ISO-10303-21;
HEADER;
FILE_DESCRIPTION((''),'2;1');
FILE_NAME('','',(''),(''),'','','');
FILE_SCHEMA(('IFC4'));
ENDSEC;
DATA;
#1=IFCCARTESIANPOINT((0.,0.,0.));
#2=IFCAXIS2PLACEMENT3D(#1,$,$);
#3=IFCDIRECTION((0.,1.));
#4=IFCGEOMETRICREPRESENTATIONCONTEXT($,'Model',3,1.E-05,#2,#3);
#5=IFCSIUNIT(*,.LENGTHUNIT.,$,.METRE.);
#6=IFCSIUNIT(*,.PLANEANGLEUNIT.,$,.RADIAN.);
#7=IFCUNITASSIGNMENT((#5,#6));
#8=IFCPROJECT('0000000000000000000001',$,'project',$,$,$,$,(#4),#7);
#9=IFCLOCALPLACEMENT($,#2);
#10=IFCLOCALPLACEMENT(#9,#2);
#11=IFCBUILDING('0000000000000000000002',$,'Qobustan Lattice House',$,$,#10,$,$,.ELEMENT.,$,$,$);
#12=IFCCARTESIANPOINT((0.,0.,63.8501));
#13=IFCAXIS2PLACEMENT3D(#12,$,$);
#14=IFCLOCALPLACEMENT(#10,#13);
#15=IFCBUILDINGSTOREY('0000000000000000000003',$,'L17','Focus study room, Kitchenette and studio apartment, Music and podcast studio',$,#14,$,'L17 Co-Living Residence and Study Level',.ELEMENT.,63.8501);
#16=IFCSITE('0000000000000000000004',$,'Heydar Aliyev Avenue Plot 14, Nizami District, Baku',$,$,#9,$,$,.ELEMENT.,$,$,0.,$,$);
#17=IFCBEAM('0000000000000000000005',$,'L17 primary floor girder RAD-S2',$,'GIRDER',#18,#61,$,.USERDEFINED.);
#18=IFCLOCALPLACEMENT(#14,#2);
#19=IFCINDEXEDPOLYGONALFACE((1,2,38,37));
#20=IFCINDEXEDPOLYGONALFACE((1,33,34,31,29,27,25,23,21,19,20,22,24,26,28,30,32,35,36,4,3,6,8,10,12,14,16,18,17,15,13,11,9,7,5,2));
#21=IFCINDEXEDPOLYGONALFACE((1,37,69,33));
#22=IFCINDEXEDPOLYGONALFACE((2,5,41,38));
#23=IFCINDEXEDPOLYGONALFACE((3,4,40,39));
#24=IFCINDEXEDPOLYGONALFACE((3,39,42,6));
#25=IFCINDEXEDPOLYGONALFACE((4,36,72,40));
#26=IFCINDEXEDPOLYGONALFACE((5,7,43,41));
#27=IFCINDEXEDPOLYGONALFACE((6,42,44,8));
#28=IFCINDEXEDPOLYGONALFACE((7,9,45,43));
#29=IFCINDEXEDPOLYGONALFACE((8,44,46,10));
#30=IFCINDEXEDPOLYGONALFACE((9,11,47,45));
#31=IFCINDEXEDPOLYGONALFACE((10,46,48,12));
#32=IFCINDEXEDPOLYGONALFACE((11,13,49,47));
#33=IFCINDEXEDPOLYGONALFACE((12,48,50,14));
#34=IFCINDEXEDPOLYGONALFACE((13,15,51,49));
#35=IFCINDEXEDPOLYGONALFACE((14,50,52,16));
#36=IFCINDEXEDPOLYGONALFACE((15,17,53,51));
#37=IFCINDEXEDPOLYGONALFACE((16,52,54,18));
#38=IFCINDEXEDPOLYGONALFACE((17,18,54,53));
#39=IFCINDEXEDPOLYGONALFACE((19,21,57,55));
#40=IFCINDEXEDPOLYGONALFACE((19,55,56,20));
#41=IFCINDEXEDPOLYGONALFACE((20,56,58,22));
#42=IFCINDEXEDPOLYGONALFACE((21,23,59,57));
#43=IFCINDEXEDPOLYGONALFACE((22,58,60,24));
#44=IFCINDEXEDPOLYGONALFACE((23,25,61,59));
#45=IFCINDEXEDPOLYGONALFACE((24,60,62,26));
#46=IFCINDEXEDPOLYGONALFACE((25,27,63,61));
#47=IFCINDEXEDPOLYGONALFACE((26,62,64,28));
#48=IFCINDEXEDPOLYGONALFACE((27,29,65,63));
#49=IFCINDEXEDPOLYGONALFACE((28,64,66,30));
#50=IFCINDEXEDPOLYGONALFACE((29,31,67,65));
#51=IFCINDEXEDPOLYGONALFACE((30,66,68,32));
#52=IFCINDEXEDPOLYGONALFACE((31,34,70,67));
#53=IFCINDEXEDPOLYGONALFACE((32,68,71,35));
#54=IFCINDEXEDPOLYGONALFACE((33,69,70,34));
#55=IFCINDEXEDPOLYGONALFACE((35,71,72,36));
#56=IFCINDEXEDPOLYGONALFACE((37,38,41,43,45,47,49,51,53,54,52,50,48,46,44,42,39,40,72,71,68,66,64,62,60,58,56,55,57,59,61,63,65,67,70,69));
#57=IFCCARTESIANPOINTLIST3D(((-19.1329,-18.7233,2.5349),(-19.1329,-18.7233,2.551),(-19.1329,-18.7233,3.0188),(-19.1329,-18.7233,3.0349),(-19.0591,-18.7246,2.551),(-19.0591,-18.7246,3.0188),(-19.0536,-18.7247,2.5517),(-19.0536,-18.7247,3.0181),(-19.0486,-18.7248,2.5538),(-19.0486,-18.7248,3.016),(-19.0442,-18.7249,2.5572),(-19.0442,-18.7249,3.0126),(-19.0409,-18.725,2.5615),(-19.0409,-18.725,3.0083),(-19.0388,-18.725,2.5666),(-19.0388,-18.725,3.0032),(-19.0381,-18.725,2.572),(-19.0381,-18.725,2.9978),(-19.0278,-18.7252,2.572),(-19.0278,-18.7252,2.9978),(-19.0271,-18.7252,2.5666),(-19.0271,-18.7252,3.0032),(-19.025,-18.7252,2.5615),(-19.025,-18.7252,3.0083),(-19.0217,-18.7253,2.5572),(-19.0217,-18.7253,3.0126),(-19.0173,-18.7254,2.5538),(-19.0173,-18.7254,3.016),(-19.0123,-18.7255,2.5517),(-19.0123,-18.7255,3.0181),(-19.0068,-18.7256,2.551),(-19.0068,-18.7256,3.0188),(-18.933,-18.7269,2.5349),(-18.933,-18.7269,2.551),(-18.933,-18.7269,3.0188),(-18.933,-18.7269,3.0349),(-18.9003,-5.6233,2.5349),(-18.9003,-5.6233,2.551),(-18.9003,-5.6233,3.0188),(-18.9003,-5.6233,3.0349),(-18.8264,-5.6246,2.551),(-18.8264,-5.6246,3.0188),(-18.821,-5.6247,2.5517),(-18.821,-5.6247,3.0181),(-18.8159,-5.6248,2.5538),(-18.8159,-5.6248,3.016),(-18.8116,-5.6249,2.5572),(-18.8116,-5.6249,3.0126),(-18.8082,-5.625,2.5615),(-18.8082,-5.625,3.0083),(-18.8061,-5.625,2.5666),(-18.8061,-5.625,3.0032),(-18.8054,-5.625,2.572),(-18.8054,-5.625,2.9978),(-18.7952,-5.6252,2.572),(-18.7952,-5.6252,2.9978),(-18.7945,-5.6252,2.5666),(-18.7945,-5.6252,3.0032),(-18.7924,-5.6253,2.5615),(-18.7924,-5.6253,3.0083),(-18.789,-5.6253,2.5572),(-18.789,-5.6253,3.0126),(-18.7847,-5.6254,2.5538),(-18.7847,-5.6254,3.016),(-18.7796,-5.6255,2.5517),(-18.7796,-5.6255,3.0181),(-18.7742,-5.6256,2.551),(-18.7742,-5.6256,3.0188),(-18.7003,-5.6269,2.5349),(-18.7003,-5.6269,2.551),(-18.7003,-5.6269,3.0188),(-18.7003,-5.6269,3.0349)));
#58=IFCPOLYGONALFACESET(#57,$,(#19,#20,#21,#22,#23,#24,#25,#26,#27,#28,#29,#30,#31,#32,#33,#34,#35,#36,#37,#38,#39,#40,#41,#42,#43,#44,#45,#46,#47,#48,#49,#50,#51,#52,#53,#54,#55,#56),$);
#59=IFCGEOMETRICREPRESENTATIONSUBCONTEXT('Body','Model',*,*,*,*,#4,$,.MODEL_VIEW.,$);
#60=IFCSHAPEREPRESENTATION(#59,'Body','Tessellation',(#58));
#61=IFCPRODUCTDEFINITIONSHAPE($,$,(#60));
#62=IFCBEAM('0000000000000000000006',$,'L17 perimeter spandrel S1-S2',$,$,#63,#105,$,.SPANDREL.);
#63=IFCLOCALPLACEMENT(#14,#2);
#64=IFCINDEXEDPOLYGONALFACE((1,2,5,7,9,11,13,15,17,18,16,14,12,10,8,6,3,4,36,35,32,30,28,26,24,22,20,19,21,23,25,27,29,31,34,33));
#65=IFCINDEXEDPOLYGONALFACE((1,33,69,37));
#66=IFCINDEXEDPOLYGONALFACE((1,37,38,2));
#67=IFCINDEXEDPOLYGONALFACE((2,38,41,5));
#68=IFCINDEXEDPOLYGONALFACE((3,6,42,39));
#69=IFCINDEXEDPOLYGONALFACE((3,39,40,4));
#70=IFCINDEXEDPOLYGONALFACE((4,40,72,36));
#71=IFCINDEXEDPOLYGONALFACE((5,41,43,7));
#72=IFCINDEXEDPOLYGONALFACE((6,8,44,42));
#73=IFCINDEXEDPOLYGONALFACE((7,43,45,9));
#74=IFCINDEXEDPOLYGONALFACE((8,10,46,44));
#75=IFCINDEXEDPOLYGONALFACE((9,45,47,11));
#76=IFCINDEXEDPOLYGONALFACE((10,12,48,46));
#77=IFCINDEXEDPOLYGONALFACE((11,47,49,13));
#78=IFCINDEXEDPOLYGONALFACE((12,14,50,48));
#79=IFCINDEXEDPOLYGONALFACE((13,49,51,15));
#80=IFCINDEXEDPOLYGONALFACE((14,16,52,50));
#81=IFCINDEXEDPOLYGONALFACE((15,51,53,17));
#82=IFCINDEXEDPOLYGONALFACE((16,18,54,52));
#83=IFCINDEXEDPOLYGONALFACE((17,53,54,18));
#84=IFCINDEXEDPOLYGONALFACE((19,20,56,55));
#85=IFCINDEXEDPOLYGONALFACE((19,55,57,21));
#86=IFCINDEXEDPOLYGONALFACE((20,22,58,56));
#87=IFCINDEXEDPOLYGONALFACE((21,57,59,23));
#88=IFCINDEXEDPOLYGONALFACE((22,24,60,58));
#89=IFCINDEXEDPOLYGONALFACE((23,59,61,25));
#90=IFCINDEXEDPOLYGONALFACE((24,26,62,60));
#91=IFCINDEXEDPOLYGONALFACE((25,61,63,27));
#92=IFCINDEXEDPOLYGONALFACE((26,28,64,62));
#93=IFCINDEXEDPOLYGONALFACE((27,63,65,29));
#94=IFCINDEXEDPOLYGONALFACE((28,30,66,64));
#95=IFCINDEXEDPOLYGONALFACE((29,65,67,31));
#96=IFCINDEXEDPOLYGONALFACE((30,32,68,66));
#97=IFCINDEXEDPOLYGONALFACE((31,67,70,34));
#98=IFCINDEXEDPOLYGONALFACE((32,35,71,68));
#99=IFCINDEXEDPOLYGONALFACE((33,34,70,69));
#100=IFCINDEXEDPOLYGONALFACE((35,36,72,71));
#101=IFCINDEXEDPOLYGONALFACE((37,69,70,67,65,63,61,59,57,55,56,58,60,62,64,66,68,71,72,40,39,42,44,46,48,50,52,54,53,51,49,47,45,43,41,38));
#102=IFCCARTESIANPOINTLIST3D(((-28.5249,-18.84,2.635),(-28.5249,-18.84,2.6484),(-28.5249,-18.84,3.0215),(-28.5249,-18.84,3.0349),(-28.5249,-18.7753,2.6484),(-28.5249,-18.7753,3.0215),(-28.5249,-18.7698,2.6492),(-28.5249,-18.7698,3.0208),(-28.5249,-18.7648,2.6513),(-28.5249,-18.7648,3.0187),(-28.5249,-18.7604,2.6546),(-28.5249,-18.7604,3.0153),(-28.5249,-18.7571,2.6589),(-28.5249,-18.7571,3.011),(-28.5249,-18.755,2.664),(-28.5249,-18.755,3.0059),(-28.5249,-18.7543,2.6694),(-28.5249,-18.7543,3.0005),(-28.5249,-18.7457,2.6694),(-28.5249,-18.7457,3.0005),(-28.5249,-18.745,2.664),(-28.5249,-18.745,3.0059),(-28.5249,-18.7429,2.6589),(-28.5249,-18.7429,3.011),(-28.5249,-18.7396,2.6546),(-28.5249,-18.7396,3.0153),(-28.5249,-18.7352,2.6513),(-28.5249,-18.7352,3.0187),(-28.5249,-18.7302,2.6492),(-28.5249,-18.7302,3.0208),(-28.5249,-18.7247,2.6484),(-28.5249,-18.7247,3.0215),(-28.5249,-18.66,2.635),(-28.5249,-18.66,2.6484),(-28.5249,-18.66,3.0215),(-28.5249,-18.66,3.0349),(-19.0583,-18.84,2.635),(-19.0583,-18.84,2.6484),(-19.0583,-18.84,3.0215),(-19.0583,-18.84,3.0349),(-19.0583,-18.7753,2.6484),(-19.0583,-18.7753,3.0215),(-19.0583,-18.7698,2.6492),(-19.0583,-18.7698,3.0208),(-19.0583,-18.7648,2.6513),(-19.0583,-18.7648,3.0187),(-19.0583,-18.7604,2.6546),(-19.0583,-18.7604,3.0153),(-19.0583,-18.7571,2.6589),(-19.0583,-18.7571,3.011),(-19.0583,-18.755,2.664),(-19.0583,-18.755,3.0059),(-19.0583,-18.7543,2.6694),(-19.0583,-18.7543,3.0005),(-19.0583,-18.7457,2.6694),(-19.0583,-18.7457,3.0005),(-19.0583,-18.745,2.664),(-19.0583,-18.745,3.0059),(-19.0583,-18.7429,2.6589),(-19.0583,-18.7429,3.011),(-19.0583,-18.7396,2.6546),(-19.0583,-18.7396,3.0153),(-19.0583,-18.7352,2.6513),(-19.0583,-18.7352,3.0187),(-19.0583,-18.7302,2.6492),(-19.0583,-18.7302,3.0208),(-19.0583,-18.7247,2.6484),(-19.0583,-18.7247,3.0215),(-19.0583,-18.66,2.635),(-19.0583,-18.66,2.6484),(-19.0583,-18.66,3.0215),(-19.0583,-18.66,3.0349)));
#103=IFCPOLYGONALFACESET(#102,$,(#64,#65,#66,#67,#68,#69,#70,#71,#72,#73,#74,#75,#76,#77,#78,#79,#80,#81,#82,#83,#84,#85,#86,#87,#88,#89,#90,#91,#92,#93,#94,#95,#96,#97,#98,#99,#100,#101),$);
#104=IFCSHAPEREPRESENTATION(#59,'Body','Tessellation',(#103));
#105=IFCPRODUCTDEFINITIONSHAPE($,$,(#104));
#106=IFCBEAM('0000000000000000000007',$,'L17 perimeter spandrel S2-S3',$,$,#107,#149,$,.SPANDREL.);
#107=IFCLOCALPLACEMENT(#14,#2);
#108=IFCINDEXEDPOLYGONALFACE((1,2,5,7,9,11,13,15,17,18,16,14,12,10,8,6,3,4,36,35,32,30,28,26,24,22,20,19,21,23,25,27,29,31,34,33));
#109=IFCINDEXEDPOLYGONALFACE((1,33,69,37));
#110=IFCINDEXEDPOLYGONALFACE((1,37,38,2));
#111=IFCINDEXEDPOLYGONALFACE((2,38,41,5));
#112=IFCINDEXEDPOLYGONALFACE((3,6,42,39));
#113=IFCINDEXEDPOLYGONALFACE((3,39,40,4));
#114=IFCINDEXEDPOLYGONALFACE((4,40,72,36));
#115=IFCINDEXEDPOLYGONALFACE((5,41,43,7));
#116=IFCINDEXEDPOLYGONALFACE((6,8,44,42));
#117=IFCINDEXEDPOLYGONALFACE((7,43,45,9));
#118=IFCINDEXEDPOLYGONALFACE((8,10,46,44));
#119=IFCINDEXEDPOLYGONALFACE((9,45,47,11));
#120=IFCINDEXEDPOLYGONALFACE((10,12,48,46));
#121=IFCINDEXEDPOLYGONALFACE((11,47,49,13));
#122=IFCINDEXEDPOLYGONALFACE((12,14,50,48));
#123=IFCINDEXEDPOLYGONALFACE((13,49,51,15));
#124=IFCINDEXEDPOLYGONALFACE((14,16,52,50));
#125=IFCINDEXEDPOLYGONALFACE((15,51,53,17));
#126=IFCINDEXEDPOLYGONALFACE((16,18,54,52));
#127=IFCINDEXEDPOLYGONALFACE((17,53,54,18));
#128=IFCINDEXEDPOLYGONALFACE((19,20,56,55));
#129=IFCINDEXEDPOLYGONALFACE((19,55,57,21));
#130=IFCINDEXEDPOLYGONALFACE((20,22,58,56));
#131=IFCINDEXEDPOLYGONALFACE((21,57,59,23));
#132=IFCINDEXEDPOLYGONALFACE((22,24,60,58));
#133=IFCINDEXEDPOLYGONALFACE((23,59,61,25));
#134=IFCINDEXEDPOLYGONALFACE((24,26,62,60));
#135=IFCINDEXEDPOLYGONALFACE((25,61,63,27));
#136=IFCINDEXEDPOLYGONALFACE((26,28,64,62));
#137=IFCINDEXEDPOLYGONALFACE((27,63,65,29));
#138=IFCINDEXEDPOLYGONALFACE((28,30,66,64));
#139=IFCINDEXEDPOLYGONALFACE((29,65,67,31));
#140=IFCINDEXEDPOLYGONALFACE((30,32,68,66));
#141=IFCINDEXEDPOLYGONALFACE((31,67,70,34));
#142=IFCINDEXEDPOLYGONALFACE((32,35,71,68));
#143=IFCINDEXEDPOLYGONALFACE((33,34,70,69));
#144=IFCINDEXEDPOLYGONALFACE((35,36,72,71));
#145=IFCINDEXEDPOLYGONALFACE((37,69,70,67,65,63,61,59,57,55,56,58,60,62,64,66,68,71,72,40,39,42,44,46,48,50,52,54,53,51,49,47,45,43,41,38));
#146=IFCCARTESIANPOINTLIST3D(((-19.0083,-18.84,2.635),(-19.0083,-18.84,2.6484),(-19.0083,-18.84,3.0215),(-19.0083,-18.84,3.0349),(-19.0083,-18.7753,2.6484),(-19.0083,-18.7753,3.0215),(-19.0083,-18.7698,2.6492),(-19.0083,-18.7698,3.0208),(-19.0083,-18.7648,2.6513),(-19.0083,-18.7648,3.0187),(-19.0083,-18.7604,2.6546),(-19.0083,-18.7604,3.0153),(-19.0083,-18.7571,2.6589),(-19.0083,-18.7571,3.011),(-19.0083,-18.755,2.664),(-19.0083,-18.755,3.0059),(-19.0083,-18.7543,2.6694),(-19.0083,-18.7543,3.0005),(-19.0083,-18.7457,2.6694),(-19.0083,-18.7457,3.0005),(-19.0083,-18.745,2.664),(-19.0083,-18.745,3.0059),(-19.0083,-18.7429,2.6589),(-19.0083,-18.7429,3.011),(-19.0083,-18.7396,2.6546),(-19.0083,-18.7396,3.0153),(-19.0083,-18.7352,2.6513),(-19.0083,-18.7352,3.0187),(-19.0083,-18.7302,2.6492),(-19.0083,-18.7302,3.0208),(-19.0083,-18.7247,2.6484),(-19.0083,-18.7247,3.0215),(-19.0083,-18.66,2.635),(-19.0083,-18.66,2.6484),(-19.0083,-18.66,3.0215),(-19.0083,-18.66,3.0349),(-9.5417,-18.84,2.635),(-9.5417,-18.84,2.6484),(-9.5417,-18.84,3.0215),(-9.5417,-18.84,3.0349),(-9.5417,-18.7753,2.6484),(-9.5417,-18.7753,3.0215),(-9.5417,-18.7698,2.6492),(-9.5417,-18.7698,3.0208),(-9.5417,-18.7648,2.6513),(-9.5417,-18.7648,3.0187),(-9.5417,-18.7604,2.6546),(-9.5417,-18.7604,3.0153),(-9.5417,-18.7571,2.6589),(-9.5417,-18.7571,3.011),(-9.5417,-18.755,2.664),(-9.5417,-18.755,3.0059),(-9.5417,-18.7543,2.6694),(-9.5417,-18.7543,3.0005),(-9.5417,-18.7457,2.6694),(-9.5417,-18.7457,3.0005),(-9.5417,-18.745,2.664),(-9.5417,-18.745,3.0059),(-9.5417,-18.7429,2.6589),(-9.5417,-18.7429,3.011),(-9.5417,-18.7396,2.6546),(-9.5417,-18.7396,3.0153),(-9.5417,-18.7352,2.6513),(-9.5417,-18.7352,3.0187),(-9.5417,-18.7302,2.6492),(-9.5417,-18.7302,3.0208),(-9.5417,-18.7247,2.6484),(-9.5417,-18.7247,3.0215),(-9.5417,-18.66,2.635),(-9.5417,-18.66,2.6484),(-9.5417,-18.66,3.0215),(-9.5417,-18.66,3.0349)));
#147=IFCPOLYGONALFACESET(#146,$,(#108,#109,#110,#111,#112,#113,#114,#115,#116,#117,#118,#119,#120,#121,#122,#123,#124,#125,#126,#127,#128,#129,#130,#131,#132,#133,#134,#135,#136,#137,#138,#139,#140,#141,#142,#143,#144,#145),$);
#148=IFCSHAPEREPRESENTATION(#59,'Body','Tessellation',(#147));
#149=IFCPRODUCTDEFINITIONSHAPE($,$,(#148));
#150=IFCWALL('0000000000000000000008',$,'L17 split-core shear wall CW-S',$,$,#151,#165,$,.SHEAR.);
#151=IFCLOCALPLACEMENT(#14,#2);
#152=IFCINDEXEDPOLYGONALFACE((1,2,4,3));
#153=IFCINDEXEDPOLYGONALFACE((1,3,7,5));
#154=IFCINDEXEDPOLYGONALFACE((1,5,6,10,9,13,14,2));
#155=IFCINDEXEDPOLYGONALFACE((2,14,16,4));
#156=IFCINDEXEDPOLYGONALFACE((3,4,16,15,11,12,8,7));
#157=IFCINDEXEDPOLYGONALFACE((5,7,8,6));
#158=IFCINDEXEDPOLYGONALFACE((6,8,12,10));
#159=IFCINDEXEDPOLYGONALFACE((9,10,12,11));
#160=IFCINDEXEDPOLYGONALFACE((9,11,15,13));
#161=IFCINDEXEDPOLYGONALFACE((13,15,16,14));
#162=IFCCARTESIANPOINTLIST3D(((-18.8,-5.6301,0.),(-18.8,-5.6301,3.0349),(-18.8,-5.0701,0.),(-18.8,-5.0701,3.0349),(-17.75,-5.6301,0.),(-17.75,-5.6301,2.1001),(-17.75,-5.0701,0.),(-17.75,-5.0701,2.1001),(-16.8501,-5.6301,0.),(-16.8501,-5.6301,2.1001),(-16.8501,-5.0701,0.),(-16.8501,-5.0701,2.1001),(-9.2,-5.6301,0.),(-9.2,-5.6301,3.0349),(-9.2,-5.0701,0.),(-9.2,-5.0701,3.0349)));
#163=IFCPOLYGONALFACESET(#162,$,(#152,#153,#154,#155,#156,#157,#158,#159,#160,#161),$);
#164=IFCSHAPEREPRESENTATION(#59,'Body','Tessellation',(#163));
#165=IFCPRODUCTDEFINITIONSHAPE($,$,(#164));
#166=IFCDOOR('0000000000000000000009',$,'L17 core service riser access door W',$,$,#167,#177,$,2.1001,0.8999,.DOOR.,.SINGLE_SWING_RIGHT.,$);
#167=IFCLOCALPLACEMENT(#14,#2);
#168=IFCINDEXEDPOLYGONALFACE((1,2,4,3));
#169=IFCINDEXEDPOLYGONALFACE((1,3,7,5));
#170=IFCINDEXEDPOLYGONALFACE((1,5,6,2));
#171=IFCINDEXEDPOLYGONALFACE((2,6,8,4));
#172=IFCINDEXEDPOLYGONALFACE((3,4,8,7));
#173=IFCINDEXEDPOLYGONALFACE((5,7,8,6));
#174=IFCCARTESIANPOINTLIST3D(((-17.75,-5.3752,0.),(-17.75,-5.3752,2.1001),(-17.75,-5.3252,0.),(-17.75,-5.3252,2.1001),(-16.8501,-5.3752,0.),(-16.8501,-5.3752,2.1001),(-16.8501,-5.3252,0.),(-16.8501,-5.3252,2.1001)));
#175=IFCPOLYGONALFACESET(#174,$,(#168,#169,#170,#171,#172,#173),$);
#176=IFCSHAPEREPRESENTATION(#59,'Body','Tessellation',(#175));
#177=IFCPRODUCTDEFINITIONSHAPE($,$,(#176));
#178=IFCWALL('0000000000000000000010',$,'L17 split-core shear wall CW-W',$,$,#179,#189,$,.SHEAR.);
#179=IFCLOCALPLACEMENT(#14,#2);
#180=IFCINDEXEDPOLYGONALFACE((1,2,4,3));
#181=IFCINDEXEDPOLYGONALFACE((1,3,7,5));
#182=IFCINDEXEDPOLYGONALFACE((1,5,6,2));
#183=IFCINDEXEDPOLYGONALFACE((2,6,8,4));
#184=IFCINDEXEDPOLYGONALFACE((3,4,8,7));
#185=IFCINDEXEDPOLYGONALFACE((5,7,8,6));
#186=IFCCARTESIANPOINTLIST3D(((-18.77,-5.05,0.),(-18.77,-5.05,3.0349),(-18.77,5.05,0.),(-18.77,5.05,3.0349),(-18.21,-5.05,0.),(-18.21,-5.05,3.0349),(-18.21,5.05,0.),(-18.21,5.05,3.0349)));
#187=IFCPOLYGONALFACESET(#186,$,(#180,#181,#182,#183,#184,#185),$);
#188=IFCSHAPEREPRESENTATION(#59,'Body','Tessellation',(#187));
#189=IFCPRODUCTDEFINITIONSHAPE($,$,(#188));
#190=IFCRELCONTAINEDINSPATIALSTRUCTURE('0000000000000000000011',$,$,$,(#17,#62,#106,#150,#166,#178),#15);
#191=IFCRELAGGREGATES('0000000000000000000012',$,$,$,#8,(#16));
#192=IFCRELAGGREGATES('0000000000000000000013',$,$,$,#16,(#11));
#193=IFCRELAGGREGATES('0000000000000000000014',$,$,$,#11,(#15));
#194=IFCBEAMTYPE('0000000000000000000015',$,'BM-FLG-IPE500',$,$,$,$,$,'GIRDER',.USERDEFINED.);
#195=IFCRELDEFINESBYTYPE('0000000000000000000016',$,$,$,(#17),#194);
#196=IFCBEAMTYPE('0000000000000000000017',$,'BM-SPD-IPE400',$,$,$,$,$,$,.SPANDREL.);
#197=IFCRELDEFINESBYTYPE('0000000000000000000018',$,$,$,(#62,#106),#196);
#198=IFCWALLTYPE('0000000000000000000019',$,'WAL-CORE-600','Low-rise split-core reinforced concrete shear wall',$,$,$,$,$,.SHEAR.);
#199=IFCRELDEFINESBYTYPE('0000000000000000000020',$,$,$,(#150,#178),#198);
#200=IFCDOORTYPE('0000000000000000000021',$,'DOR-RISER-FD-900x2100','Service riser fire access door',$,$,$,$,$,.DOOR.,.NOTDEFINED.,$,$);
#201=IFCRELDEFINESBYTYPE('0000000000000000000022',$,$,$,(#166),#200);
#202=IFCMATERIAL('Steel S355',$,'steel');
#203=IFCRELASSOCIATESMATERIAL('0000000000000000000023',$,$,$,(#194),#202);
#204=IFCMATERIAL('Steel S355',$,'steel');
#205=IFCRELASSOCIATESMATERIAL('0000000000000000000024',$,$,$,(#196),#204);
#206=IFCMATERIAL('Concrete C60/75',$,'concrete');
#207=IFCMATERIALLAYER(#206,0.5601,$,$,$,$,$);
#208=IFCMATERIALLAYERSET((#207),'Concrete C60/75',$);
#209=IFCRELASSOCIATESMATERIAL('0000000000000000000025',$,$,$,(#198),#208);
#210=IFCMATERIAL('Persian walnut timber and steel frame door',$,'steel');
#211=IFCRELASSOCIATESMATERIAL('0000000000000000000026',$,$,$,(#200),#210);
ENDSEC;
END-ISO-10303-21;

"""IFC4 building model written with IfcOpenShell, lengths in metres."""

from ifc_helpers import new_model, si_unit, direction, frame, frame_2d, origin, origin_2d, place, context, subcontext, project, spatial, rectangle, i_section, extrude, material, layer, layer_set, material_profile, profile_set, type_object, element, fill, save


model = new_model("IFC4")

# Units and contexts
model_context = context("Model", 3, precision=1e-05, world=origin(), true_north=direction((0.0, 1.0)))
body_context = subcontext(model_context, "Body", "Model", "MODEL_VIEW")
ifc_project = project(units=[si_unit("LENGTHUNIT", "METRE"), si_unit("PLANEANGLEUNIT", "RADIAN")], contexts=[model_context])

# Site, building, storey
site_placement = place(None, origin())
site = spatial("IfcSite", under=ifc_project, at=site_placement, Name="Heydar Aliyev Avenue Plot 14, Nizami District, Baku", CompositionType="ELEMENT", RefElevation=0.0)
building_placement = place(site_placement, origin())
building = spatial("IfcBuilding", under=site, at=building_placement, Name="Qobustan Lattice House", CompositionType="ELEMENT")
storey_placement = place(building_placement, frame((0.0, 0.0, 63.8501)))
storey = spatial("IfcBuildingStorey", under=building, at=storey_placement, Name="L17", Description="Focus study room, Kitchenette and studio apartment, Music and podcast studio", LongName="L17 Co-Living Residence and Study Level", CompositionType="ELEMENT", Elevation=63.8501)

# Beams
ifc_material_1 = material(Name="Steel S355", Category="steel")
ifc_material_profile_1 = material_profile(ifc_material_1, i_section(OverallWidth=0.2, OverallDepth=0.5, WebThickness=0.0103, FlangeThickness=0.0161, FilletRadius=0.021, at=origin_2d()), Name="IPE500")
ifc_profile_set_1 = profile_set([ifc_material_profile_1], Name="Steel S355")
beam_type_1 = type_object("IfcBeamType", Name="BM-FLG-IPE500", ElementType="GIRDER", PredefinedType="USERDEFINED", material=ifc_profile_set_1)
beam_1_placement = place(storey_placement, frame((-19.033, -18.7251, 2.7849), z_axis=(0.017758, 0.999842, 0.0), x_axis=(-0.999842, 0.017758, 0.0)))
element("IfcBeam", 1, at=beam_1_placement, inside=storey, type_object=beam_type_1, Name="L17 primary floor girder RAD-S2", ObjectType="GIRDER", PredefinedType="USERDEFINED", context=body_context, shape_type="SweptSolid", body=[
    extrude(i_section(OverallWidth=0.2, OverallDepth=0.5, WebThickness=0.0103, FlangeThickness=0.0161, FilletRadius=0.021, at=origin_2d()), origin(), (0.0, 0.0, 1.0), 13.1021),
])
ifc_material_2 = material(Name="Steel S355", Category="steel")
ifc_material_profile_2 = material_profile(ifc_material_2, i_section(OverallWidth=0.1799, OverallDepth=0.3999, WebThickness=0.0085, FlangeThickness=0.0134, FilletRadius=0.021, at=origin_2d()), Name="IPE400")
ifc_profile_set_2 = profile_set([ifc_material_profile_2], Name="Steel S355")
beam_type_2 = type_object("IfcBeamType", Name="BM-SPD-IPE400", PredefinedType="SPANDREL", material=ifc_profile_set_2)
for number, where, z_axis, x_axis, name in (
    (2, (-28.5249, -18.75, 2.835), (1.0, 0.0, 0.0), (0.0, 1.0, 0.0), "L17 perimeter spandrel S1-S2"),
    (3, (-19.0083, -18.75, 2.835), (1.0, 0.0, 0.0), (0.0, 1.0, 0.0), "L17 perimeter spandrel S2-S3"),
):
    element("IfcBeam", number, at=place(storey_placement, frame(where, z_axis=z_axis, x_axis=x_axis)), inside=storey, type_object=beam_type_2, Name=name, PredefinedType="SPANDREL", context=body_context, shape_type="SweptSolid", body=[
        extrude(i_section(OverallWidth=0.1799, OverallDepth=0.3999, WebThickness=0.0085, FlangeThickness=0.0134, FilletRadius=0.021, at=origin_2d()), origin(), (0.0, 0.0, 1.0), 9.4666),
    ])

# Wall, opening, door
ifc_material_3 = material(Name="Concrete C60/75", Category="concrete")
ifc_layer_1 = layer(ifc_material_3, 0.5601)
ifc_layer_set_1 = layer_set([ifc_layer_1], Name="Concrete C60/75")
wall_type_1 = type_object("IfcWallType", Name="WAL-CORE-600", Description="Low-rise split-core reinforced concrete shear wall", PredefinedType="SHEAR", material=ifc_layer_set_1)
wall_1_placement = place(storey_placement, frame((-18.8, -5.3501, 0.0), z_axis=(0.0, 0.0, 1.0), x_axis=(1.0, 0.0, 0.0)))
wall_1 = element("IfcWall", 4, at=wall_1_placement, inside=storey, type_object=wall_type_1, Name="L17 split-core shear wall CW-S", PredefinedType="SHEAR", context=body_context, shape_type="SweptSolid", body=[
    extrude(rectangle(XDim=9.6001, YDim=0.5601, at=frame_2d((4.8, 0.0))), origin(), (0.0, 0.0, 1.0), 3.0349),
])
opening_1_placement = place(wall_1_placement, frame((1.05, 0.0, 0.0)))
opening_1 = element("IfcOpeningElement", 5, at=opening_1_placement, cuts=wall_1, PredefinedType="OPENING", context=body_context, shape_type="SweptSolid", body=[
    extrude(rectangle(XDim=0.8999, YDim=2.1001, at=frame_2d((0.45, 1.05))), frame((0.0, 0.29, 0.0), z_axis=(0.0, -1.0, 0.0), x_axis=(1.0, 0.0, 0.0)), (0.0, 0.0, 1.0), 0.5801),
])
ifc_material_4 = material(Name="Persian walnut timber and steel frame door", Category="steel")
door_type_1 = type_object("IfcDoorType", Name="DOR-RISER-FD-900x2100", Description="Service riser fire access door", OperationType="NOTDEFINED", PredefinedType="DOOR", material=ifc_material_4)
door_1_placement = place(opening_1_placement, origin())
door_1 = element("IfcDoor", 6, at=door_1_placement, inside=storey, type_object=door_type_1, Name="L17 core service riser access door W", OperationType="SINGLE_SWING_RIGHT", OverallHeight=2.1001, OverallWidth=0.8999, PredefinedType="DOOR", context=body_context, shape_type="SweptSolid", body=[
    extrude(rectangle(XDim=0.8999, YDim=2.1001, at=frame_2d((0.45, 1.05))), frame((0.0, 0.0249, 0.0), z_axis=(0.0, -1.0, 0.0), x_axis=(1.0, 0.0, 0.0)), (0.0, 0.0, 1.0), 0.05),
])
fill(opening_1, door_1)

# Wall
wall_2_placement = place(storey_placement, frame((-18.49, -5.05, 0.0), z_axis=(0.0, 0.0, 1.0), x_axis=(0.0, 1.0, 0.0)))
element("IfcWall", 7, at=wall_2_placement, inside=storey, type_object=wall_type_1, Name="L17 split-core shear wall CW-W", PredefinedType="SHEAR", context=body_context, shape_type="SweptSolid", body=[
    extrude(rectangle(XDim=10.1001, YDim=0.5601, at=frame_2d((5.05, 0.0))), origin(), (0.0, 0.0, 1.0), 3.0349),
])

save(model, "model.ifc")
